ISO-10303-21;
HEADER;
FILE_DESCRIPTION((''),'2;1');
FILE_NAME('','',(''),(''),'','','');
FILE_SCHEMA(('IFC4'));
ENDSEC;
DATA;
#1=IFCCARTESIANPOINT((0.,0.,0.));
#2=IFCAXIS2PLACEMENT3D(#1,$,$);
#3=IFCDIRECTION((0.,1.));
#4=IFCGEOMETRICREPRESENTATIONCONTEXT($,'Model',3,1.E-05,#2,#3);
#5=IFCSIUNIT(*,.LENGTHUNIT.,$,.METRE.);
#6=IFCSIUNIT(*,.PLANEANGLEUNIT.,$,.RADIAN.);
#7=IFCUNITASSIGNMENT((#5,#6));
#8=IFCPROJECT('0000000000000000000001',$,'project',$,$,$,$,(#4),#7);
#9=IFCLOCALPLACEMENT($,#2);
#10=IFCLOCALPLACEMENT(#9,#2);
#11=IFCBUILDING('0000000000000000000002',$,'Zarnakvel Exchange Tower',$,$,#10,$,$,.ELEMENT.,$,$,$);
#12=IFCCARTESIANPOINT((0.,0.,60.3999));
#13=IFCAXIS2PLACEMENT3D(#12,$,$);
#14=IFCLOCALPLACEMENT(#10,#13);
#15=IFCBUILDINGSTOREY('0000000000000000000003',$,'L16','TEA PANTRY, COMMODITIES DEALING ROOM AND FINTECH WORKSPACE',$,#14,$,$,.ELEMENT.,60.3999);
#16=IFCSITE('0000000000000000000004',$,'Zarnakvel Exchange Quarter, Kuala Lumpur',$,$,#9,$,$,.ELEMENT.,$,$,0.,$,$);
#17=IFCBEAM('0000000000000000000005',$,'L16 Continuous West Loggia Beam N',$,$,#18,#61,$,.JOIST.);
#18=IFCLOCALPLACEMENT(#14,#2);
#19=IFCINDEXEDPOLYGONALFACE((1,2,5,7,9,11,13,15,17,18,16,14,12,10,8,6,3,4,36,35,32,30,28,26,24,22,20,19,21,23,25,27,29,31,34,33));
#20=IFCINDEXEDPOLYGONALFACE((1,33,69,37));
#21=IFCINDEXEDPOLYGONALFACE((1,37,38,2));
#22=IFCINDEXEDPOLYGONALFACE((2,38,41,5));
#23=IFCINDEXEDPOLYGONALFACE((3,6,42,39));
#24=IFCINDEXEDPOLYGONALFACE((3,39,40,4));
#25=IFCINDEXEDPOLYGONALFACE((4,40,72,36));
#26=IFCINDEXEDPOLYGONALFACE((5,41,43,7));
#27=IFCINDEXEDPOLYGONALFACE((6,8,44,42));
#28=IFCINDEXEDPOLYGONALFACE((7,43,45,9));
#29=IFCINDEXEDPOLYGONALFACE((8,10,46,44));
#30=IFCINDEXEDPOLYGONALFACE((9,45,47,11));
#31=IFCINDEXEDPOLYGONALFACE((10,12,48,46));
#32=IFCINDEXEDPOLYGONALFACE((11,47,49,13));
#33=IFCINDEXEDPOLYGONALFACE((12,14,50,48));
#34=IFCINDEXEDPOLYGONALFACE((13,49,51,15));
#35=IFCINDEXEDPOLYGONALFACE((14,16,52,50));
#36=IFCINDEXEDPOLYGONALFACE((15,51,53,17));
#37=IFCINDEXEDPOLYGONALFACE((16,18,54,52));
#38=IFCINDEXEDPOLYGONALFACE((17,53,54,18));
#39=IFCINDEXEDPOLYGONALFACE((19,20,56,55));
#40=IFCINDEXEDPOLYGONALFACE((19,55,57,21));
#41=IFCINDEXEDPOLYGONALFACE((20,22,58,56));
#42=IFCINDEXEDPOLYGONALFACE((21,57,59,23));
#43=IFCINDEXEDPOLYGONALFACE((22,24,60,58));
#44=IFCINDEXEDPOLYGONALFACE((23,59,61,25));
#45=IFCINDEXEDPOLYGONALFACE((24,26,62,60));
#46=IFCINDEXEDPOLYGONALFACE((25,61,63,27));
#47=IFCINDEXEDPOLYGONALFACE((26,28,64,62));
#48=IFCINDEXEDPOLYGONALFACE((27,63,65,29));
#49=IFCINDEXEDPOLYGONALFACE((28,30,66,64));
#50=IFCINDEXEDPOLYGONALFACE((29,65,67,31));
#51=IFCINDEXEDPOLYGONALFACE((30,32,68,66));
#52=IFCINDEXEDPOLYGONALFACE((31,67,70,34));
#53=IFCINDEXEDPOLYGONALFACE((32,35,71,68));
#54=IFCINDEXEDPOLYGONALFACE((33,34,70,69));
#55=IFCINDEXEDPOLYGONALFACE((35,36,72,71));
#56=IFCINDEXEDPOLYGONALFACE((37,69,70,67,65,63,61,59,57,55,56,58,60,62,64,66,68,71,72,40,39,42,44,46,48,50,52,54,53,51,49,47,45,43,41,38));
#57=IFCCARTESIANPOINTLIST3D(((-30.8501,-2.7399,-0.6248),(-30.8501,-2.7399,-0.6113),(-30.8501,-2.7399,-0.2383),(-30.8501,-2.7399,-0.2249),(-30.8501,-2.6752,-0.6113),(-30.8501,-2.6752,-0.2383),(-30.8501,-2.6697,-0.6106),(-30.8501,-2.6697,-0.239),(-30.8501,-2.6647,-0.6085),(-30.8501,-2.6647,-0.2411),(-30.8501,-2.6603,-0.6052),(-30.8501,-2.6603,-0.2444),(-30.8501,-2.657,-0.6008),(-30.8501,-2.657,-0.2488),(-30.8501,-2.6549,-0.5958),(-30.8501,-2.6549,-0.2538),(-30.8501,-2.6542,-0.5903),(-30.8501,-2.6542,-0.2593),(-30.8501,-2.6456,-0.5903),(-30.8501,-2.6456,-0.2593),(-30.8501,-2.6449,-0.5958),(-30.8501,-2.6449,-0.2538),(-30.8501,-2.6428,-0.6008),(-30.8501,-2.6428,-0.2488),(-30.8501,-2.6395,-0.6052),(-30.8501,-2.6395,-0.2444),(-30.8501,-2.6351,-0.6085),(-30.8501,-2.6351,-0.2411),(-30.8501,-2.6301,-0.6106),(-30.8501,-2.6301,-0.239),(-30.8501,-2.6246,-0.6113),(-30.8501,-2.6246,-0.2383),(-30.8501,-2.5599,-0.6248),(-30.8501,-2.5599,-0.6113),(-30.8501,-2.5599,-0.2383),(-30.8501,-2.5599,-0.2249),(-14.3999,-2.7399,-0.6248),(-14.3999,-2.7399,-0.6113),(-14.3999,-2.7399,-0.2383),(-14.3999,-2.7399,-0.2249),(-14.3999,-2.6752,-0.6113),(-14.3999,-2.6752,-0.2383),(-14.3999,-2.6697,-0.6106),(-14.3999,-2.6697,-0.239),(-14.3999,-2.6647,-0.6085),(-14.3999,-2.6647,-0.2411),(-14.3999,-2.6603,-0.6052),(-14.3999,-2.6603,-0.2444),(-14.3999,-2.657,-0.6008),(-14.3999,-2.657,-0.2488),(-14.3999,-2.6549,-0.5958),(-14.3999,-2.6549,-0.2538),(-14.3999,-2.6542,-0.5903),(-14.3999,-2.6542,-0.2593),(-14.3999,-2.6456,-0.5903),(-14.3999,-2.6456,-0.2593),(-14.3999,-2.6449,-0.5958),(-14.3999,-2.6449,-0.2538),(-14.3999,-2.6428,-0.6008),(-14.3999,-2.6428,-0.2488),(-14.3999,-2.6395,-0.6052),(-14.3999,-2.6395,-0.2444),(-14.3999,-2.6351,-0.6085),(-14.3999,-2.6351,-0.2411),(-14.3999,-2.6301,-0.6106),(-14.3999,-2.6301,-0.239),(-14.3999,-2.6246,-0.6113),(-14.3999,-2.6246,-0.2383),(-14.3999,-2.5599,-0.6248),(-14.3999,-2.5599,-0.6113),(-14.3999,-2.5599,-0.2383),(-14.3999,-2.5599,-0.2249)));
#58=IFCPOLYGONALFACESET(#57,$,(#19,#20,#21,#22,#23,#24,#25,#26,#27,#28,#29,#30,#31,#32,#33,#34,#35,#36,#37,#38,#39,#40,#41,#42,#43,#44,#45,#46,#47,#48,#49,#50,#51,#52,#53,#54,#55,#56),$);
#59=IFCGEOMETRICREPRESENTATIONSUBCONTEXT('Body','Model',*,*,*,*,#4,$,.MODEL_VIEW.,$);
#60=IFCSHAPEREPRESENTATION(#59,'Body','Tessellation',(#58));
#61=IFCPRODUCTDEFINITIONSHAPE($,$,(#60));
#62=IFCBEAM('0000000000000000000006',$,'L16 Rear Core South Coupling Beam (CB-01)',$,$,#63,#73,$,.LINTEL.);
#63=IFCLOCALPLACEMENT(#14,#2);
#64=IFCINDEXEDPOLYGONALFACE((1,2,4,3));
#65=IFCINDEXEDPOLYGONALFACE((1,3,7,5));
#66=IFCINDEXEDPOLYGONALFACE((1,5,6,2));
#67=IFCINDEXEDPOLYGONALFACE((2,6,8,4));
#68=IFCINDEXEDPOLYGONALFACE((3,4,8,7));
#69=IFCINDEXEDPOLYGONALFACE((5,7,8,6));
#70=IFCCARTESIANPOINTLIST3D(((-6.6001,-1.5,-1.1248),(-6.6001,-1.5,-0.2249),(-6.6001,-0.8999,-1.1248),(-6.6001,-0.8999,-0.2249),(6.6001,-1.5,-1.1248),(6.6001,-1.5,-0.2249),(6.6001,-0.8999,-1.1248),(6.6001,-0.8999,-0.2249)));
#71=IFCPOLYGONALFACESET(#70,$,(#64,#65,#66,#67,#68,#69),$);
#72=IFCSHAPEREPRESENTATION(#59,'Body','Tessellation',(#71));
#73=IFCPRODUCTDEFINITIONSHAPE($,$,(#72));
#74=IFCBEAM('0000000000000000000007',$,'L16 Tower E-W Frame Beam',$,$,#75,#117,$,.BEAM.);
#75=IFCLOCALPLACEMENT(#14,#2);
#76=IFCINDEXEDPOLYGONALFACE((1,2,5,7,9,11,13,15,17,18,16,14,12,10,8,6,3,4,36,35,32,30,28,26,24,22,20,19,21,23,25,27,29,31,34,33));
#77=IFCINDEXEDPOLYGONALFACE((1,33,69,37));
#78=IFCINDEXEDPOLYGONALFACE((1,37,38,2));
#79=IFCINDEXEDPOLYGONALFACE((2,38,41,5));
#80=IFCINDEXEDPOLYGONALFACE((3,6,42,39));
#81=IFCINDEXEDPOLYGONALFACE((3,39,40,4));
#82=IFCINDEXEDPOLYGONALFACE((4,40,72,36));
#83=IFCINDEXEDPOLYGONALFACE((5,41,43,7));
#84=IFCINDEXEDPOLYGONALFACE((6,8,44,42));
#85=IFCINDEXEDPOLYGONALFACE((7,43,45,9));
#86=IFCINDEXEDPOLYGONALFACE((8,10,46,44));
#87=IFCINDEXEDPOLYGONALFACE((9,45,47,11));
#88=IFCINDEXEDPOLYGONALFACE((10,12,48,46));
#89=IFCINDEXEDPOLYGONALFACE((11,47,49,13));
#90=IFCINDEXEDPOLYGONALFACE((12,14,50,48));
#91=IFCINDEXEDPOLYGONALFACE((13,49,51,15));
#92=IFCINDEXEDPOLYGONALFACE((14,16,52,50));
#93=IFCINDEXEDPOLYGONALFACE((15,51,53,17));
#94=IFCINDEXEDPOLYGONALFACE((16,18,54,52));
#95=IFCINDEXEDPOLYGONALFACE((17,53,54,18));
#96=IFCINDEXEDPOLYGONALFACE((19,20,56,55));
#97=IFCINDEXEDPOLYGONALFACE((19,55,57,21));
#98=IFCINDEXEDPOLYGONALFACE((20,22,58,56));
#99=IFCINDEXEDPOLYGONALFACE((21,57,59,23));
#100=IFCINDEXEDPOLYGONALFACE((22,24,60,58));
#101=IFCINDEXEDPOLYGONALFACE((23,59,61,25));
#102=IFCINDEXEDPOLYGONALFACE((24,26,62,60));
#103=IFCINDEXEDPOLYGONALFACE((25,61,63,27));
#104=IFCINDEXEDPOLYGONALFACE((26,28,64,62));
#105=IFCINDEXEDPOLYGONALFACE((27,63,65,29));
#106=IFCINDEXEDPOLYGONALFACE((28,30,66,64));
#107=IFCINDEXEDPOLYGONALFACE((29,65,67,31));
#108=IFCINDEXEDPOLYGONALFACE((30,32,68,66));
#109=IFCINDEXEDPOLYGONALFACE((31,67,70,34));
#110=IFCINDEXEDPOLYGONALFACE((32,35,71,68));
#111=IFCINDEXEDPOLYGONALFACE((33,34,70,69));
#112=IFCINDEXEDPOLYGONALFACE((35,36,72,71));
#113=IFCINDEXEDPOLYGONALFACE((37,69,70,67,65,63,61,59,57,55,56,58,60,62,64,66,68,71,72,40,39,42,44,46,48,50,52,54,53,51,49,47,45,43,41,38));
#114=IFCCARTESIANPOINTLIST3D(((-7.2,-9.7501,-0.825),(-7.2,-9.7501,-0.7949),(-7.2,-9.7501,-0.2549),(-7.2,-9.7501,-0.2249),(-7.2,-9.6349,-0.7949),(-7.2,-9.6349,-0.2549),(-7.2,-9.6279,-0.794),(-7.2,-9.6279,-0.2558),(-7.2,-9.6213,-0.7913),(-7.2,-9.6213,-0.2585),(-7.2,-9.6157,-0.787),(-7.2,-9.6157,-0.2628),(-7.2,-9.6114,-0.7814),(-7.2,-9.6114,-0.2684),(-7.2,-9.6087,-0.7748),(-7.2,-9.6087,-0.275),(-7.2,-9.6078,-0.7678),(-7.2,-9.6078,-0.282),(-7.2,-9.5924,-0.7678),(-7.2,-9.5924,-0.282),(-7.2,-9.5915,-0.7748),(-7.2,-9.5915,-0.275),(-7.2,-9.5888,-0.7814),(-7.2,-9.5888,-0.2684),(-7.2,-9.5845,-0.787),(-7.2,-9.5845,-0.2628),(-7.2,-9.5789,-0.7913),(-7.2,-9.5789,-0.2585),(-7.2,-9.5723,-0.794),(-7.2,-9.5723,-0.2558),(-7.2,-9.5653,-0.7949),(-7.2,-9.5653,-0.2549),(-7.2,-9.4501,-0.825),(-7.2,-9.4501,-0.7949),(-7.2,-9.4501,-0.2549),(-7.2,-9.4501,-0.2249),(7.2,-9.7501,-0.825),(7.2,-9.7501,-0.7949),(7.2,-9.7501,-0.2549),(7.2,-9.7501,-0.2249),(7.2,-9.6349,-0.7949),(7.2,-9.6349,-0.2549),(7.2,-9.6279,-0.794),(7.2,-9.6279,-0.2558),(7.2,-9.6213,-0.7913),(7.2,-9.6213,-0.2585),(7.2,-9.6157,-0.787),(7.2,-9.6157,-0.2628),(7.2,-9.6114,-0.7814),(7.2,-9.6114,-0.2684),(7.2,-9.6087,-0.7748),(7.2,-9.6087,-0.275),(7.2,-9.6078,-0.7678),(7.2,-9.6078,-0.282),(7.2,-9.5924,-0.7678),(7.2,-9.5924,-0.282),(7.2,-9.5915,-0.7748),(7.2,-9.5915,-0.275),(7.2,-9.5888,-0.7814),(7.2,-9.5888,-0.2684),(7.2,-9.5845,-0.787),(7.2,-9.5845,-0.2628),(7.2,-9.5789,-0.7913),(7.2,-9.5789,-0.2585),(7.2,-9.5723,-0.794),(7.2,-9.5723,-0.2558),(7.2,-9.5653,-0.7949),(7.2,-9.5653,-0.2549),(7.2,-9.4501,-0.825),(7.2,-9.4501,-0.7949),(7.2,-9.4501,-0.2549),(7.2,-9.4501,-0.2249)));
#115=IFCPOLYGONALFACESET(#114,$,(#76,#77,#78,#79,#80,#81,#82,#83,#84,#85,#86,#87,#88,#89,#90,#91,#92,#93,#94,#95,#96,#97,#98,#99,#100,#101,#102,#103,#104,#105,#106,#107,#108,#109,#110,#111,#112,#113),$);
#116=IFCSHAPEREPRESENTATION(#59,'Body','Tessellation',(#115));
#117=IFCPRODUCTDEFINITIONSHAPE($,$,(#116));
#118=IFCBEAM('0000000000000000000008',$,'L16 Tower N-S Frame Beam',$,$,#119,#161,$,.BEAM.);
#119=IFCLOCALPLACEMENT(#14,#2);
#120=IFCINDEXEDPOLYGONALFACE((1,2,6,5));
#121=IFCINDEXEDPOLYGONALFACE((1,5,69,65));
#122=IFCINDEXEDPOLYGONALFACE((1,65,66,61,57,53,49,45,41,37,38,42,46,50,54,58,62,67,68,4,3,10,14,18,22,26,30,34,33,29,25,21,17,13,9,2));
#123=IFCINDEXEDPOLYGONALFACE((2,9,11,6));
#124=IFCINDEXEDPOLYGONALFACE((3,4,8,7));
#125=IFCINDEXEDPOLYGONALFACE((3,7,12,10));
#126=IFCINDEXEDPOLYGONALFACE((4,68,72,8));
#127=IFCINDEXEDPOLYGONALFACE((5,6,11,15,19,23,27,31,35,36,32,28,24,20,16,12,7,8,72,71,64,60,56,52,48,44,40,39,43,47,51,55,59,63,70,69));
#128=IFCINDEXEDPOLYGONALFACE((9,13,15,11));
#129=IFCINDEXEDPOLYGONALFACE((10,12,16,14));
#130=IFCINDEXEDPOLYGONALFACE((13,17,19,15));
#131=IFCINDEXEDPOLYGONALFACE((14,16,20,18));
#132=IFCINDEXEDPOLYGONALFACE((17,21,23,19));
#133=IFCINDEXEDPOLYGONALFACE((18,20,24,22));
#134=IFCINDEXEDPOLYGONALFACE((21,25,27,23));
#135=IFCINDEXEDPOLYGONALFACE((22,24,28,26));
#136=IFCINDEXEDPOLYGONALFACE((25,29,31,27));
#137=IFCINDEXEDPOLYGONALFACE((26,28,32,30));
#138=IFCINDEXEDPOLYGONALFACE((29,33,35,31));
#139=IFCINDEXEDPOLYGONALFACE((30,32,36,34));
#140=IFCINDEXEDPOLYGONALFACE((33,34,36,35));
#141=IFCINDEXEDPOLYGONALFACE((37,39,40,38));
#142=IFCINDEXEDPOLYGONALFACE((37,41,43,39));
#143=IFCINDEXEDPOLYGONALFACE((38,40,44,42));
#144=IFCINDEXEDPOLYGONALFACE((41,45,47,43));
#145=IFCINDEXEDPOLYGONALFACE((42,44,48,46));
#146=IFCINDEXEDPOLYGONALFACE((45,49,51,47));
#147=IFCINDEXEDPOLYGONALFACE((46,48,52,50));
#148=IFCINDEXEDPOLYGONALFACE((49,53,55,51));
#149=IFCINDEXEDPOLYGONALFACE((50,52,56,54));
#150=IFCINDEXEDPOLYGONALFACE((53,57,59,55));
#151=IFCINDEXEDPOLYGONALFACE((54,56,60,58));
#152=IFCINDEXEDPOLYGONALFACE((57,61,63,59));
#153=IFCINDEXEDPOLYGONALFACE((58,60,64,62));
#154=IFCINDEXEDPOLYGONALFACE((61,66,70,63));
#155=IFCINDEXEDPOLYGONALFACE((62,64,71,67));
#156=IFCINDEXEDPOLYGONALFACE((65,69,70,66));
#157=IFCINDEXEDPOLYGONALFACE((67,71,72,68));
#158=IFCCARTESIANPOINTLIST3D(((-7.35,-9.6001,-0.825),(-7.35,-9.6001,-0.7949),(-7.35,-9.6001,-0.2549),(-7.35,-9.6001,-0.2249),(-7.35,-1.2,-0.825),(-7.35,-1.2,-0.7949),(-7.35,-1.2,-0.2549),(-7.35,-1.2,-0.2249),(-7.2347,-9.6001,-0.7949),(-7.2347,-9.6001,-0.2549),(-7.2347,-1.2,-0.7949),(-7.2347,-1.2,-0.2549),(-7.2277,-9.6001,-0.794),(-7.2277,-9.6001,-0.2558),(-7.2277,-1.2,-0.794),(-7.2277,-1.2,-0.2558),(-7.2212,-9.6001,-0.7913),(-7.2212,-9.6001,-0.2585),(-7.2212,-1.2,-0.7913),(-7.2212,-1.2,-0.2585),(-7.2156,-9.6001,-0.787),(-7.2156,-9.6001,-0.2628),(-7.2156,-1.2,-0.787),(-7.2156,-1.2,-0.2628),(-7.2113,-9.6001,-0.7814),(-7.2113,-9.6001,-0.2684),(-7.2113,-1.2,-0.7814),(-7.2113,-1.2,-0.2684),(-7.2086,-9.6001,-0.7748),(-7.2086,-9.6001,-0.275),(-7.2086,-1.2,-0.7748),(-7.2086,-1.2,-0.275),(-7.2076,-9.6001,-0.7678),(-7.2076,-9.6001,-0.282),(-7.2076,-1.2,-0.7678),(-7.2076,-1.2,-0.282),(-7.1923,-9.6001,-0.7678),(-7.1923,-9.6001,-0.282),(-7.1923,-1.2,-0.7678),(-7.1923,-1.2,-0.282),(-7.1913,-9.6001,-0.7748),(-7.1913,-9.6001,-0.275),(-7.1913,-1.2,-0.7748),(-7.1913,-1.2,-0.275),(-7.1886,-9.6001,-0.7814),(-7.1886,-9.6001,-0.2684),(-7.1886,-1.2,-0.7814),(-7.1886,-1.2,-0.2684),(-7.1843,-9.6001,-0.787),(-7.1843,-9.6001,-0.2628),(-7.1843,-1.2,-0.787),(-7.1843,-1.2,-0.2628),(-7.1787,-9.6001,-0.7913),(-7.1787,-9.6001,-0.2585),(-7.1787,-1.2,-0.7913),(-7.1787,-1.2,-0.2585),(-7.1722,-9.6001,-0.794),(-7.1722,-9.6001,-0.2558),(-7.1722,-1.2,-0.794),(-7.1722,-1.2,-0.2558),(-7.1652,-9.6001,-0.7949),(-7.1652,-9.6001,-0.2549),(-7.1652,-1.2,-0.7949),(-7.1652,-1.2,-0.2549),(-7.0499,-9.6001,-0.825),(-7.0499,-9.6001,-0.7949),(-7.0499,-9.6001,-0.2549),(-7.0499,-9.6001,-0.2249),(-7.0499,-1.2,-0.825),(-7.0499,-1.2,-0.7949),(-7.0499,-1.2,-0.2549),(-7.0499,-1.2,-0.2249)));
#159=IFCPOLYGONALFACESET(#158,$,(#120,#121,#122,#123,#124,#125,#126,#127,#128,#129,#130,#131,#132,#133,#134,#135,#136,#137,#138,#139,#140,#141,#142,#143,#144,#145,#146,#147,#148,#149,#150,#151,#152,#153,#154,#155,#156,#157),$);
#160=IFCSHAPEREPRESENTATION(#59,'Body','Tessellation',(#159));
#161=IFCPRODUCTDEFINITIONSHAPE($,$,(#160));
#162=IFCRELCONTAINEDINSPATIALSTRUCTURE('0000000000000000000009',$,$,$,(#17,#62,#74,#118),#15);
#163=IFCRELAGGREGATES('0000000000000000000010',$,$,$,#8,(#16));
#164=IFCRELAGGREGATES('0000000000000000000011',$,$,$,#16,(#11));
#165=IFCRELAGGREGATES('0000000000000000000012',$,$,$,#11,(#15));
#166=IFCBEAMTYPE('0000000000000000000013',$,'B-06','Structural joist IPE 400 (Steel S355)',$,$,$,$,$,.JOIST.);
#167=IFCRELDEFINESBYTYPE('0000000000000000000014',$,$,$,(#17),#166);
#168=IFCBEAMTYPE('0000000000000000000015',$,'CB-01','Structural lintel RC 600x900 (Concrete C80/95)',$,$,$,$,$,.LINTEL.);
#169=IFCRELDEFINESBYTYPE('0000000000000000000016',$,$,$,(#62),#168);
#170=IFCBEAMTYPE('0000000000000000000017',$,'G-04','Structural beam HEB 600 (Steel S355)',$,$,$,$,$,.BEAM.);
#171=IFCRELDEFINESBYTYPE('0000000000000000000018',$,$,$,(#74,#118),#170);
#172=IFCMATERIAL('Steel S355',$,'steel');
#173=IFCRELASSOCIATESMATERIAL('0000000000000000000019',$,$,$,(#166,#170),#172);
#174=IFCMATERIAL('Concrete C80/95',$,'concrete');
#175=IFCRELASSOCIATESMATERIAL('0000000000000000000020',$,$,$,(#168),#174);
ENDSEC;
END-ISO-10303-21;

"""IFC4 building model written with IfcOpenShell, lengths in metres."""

from ifc_helpers import new_model, si_unit, direction, frame, origin, origin_2d, place, context, subcontext, project, spatial, rectangle, i_section, extrude, material, material_profile, profile_set, type_object, element, save


model = new_model("IFC4")

# Units and contexts
model_context = context("Model", 3, precision=1e-05, world=origin(), true_north=direction((0.0, 1.0)))
body_context = subcontext(model_context, "Body", "Model", "MODEL_VIEW")
ifc_project = project(units=[si_unit("LENGTHUNIT", "METRE"), si_unit("PLANEANGLEUNIT", "RADIAN")], contexts=[model_context])

# Site, building, storey
site_placement = place(None, origin())
site = spatial("IfcSite", under=ifc_project, at=site_placement, Name="Zarnakvel Exchange Quarter, Kuala Lumpur", CompositionType="ELEMENT", RefElevation=0.0)
building_placement = place(site_placement, origin())
building = spatial("IfcBuilding", under=site, at=building_placement, Name="Zarnakvel Exchange Tower", CompositionType="ELEMENT")
storey_placement = place(building_placement, frame((0.0, 0.0, 60.3999)))
storey = spatial("IfcBuildingStorey", under=building, at=storey_placement, Name="L16", Description="TEA PANTRY, COMMODITIES DEALING ROOM AND FINTECH WORKSPACE", CompositionType="ELEMENT", Elevation=60.3999)

# Shared definitions
ifc_material_1 = material(Name="Concrete C80/95", Category="concrete")

# Beams
ifc_material_2 = material(Name="Steel S355", Category="steel")
ifc_material_profile_1 = material_profile(ifc_material_2, i_section(OverallWidth=0.1799, OverallDepth=0.3999, WebThickness=0.0085, FlangeThickness=0.0134, FilletRadius=0.021, at=origin_2d()))
ifc_profile_set_1 = profile_set([ifc_material_profile_1], Name="Steel S355")
beam_type_1 = type_object("IfcBeamType", Name="B-06", Description="Structural joist IPE 400 (Steel S355)", PredefinedType="JOIST", material=ifc_profile_set_1)
for number, where, z_axis, x_axis, name in (
    (1, (-14.3999, -2.6499, -0.4248), (-1.0, 0.0, 0.0), (0.0, -1.0, 0.0), "L16 Continuous West Loggia Beam N"),
):
    element("IfcBeam", number, at=place(storey_placement, frame(where, z_axis=z_axis, x_axis=x_axis)), inside=storey, type_object=beam_type_1, Name=name, PredefinedType="JOIST", context=body_context, shape_type="SweptSolid", body=[
        extrude(i_section(OverallWidth=0.1799, OverallDepth=0.3999, WebThickness=0.0085, FlangeThickness=0.0134, FilletRadius=0.021, at=origin_2d()), origin(), (0.0, 0.0, 1.0), 16.4502),
    ])
ifc_material_profile_2 = material_profile(ifc_material_1, rectangle(XDim=0.6001, YDim=0.8999, at=origin_2d()))
ifc_profile_set_2 = profile_set([ifc_material_profile_2], Name="Concrete C80/95")
beam_type_2 = type_object("IfcBeamType", Name="CB-01", Description="Structural lintel RC 600x900 (Concrete C80/95)", PredefinedType="LINTEL", material=ifc_profile_set_2)
beam_1_placement = place(storey_placement, frame((-6.6001, -1.2, -0.6748), z_axis=(1.0, 0.0, 0.0), x_axis=(0.0, 1.0, 0.0)))
element("IfcBeam", 2, at=beam_1_placement, inside=storey, type_object=beam_type_2, Name="L16 Rear Core South Coupling Beam (CB-01)", PredefinedType="LINTEL", context=body_context, shape_type="SweptSolid", body=[
    extrude(rectangle(XDim=0.6001, YDim=0.8999, at=origin_2d()), origin(), (0.0, 0.0, 1.0), 13.2002),
])
ifc_material_profile_3 = material_profile(ifc_material_2, i_section(OverallWidth=0.3, OverallDepth=0.6001, WebThickness=0.0154, FlangeThickness=0.03, FilletRadius=0.0271, at=origin_2d()))
ifc_profile_set_3 = profile_set([ifc_material_profile_3], Name="Steel S355")
beam_type_3 = type_object("IfcBeamType", Name="G-04", Description="Structural beam HEB 600 (Steel S355)", PredefinedType="BEAM", material=ifc_profile_set_3)
beam_2_placement = place(storey_placement, frame((-7.2, -9.6001, -0.5249), z_axis=(1.0, 0.0, 0.0), x_axis=(0.0, 1.0, 0.0)))
element("IfcBeam", 3, at=beam_2_placement, inside=storey, type_object=beam_type_3, Name="L16 Tower E-W Frame Beam", PredefinedType="BEAM", context=body_context, shape_type="SweptSolid", body=[
    extrude(i_section(OverallWidth=0.3, OverallDepth=0.6001, WebThickness=0.0154, FlangeThickness=0.03, FilletRadius=0.0271, at=origin_2d()), origin(), (0.0, 0.0, 1.0), 14.3999),
])
beam_3_placement = place(storey_placement, frame((-7.2, -9.6001, -0.5249), z_axis=(0.0, 1.0, 0.0), x_axis=(-1.0, 0.0, 0.0)))
element("IfcBeam", 4, at=beam_3_placement, inside=storey, type_object=beam_type_3, Name="L16 Tower N-S Frame Beam", PredefinedType="BEAM", context=body_context, shape_type="SweptSolid", body=[
    extrude(i_section(OverallWidth=0.3, OverallDepth=0.6001, WebThickness=0.0154, FlangeThickness=0.03, FilletRadius=0.0271, at=origin_2d()), origin(), (0.0, 0.0, 1.0), 8.4001),
])

save(model, "model.ifc")
